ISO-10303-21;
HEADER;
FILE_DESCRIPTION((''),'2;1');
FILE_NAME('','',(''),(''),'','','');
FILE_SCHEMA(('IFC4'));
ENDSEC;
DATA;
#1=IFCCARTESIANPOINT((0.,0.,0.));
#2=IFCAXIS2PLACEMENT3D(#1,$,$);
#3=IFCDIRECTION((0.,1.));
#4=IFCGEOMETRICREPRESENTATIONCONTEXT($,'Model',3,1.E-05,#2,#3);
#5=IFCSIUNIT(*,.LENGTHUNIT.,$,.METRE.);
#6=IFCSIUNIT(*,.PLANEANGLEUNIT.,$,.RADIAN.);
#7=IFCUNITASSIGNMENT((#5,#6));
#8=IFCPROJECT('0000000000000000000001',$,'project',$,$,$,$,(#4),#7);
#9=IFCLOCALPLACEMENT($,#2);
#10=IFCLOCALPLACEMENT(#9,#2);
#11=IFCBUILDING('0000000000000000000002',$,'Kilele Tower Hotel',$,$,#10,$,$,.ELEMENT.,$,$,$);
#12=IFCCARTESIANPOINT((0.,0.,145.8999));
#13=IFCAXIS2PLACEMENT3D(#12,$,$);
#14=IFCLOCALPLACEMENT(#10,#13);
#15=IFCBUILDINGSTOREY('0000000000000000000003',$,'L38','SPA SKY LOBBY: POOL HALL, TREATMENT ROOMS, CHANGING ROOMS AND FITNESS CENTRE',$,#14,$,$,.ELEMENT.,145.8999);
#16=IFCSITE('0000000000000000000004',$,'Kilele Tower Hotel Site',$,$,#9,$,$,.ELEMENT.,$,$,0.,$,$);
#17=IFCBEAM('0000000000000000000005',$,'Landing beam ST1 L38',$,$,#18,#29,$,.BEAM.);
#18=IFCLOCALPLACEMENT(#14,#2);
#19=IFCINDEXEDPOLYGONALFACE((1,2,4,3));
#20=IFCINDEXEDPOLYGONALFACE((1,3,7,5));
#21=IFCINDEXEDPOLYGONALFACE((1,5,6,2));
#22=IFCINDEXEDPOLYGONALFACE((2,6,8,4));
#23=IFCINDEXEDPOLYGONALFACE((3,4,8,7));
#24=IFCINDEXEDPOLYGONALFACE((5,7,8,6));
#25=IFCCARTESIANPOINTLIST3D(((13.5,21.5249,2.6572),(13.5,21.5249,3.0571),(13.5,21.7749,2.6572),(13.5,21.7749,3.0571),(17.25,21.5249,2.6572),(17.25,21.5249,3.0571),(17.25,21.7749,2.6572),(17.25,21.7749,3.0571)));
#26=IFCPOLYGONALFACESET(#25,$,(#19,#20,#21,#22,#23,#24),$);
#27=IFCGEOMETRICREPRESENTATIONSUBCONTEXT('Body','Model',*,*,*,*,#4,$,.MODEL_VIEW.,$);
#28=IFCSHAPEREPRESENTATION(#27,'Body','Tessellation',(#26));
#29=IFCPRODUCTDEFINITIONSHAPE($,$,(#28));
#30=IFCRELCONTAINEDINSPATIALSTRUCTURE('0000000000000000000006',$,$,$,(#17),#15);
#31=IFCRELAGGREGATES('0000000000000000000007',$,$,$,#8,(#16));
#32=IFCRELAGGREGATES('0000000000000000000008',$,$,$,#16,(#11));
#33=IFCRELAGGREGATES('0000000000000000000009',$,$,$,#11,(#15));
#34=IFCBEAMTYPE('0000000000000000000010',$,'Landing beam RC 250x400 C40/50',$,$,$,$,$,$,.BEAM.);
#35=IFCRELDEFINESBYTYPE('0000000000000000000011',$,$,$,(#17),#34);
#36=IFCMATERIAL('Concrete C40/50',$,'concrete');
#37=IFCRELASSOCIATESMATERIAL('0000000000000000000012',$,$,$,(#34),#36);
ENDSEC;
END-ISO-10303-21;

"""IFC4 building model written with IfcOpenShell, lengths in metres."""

from ifc_helpers import new_model, si_unit, direction, frame, origin, origin_2d, place, context, subcontext, project, spatial, rectangle, extrude, material, material_profile, profile_set, type_object, element, save


model = new_model("IFC4")

# Units and contexts
model_context = context("Model", 3, precision=1e-05, world=origin(), true_north=direction((0.0, 1.0)))
body_context = subcontext(model_context, "Body", "Model", "MODEL_VIEW")
ifc_project = project(units=[si_unit("LENGTHUNIT", "METRE"), si_unit("PLANEANGLEUNIT", "RADIAN")], contexts=[model_context])

# Site, building, storey
site_placement = place(None, origin())
site = spatial("IfcSite", under=ifc_project, at=site_placement, Name="Kilele Tower Hotel Site", CompositionType="ELEMENT", RefElevation=0.0)
building_placement = place(site_placement, origin())
building = spatial("IfcBuilding", under=site, at=building_placement, Name="Kilele Tower Hotel", CompositionType="ELEMENT")
storey_placement = place(building_placement, frame((0.0, 0.0, 145.8999)))
storey = spatial("IfcBuildingStorey", under=building, at=storey_placement, Name="L38", Description="SPA SKY LOBBY: POOL HALL, TREATMENT ROOMS, CHANGING ROOMS AND FITNESS CENTRE", CompositionType="ELEMENT", Elevation=145.8999)

# Beam
ifc_material_1 = material(Name="Concrete C40/50", Category="concrete")
ifc_material_profile = material_profile(ifc_material_1, rectangle(XDim=0.25, YDim=0.3999, at=origin_2d()))
ifc_profile_set = profile_set([ifc_material_profile], Name="Concrete C40/50")
beam_type = type_object("IfcBeamType", Name="Landing beam RC 250x400 C40/50", PredefinedType="BEAM", material=ifc_profile_set)
beam_placement = place(storey_placement, frame((13.5, 21.6499, 2.8572), z_axis=(1.0, 0.0, 0.0), x_axis=(0.0, 1.0, 0.0)))
element("IfcBeam", 1, at=beam_placement, inside=storey, type_object=beam_type, Name="Landing beam ST1 L38", PredefinedType="BEAM", context=body_context, shape_type="SweptSolid", body=[
    extrude(rectangle(XDim=0.25, YDim=0.3999, at=origin_2d()), origin(), (0.0, 0.0, 1.0), 3.75),
])

save(model, "model.ifc")
